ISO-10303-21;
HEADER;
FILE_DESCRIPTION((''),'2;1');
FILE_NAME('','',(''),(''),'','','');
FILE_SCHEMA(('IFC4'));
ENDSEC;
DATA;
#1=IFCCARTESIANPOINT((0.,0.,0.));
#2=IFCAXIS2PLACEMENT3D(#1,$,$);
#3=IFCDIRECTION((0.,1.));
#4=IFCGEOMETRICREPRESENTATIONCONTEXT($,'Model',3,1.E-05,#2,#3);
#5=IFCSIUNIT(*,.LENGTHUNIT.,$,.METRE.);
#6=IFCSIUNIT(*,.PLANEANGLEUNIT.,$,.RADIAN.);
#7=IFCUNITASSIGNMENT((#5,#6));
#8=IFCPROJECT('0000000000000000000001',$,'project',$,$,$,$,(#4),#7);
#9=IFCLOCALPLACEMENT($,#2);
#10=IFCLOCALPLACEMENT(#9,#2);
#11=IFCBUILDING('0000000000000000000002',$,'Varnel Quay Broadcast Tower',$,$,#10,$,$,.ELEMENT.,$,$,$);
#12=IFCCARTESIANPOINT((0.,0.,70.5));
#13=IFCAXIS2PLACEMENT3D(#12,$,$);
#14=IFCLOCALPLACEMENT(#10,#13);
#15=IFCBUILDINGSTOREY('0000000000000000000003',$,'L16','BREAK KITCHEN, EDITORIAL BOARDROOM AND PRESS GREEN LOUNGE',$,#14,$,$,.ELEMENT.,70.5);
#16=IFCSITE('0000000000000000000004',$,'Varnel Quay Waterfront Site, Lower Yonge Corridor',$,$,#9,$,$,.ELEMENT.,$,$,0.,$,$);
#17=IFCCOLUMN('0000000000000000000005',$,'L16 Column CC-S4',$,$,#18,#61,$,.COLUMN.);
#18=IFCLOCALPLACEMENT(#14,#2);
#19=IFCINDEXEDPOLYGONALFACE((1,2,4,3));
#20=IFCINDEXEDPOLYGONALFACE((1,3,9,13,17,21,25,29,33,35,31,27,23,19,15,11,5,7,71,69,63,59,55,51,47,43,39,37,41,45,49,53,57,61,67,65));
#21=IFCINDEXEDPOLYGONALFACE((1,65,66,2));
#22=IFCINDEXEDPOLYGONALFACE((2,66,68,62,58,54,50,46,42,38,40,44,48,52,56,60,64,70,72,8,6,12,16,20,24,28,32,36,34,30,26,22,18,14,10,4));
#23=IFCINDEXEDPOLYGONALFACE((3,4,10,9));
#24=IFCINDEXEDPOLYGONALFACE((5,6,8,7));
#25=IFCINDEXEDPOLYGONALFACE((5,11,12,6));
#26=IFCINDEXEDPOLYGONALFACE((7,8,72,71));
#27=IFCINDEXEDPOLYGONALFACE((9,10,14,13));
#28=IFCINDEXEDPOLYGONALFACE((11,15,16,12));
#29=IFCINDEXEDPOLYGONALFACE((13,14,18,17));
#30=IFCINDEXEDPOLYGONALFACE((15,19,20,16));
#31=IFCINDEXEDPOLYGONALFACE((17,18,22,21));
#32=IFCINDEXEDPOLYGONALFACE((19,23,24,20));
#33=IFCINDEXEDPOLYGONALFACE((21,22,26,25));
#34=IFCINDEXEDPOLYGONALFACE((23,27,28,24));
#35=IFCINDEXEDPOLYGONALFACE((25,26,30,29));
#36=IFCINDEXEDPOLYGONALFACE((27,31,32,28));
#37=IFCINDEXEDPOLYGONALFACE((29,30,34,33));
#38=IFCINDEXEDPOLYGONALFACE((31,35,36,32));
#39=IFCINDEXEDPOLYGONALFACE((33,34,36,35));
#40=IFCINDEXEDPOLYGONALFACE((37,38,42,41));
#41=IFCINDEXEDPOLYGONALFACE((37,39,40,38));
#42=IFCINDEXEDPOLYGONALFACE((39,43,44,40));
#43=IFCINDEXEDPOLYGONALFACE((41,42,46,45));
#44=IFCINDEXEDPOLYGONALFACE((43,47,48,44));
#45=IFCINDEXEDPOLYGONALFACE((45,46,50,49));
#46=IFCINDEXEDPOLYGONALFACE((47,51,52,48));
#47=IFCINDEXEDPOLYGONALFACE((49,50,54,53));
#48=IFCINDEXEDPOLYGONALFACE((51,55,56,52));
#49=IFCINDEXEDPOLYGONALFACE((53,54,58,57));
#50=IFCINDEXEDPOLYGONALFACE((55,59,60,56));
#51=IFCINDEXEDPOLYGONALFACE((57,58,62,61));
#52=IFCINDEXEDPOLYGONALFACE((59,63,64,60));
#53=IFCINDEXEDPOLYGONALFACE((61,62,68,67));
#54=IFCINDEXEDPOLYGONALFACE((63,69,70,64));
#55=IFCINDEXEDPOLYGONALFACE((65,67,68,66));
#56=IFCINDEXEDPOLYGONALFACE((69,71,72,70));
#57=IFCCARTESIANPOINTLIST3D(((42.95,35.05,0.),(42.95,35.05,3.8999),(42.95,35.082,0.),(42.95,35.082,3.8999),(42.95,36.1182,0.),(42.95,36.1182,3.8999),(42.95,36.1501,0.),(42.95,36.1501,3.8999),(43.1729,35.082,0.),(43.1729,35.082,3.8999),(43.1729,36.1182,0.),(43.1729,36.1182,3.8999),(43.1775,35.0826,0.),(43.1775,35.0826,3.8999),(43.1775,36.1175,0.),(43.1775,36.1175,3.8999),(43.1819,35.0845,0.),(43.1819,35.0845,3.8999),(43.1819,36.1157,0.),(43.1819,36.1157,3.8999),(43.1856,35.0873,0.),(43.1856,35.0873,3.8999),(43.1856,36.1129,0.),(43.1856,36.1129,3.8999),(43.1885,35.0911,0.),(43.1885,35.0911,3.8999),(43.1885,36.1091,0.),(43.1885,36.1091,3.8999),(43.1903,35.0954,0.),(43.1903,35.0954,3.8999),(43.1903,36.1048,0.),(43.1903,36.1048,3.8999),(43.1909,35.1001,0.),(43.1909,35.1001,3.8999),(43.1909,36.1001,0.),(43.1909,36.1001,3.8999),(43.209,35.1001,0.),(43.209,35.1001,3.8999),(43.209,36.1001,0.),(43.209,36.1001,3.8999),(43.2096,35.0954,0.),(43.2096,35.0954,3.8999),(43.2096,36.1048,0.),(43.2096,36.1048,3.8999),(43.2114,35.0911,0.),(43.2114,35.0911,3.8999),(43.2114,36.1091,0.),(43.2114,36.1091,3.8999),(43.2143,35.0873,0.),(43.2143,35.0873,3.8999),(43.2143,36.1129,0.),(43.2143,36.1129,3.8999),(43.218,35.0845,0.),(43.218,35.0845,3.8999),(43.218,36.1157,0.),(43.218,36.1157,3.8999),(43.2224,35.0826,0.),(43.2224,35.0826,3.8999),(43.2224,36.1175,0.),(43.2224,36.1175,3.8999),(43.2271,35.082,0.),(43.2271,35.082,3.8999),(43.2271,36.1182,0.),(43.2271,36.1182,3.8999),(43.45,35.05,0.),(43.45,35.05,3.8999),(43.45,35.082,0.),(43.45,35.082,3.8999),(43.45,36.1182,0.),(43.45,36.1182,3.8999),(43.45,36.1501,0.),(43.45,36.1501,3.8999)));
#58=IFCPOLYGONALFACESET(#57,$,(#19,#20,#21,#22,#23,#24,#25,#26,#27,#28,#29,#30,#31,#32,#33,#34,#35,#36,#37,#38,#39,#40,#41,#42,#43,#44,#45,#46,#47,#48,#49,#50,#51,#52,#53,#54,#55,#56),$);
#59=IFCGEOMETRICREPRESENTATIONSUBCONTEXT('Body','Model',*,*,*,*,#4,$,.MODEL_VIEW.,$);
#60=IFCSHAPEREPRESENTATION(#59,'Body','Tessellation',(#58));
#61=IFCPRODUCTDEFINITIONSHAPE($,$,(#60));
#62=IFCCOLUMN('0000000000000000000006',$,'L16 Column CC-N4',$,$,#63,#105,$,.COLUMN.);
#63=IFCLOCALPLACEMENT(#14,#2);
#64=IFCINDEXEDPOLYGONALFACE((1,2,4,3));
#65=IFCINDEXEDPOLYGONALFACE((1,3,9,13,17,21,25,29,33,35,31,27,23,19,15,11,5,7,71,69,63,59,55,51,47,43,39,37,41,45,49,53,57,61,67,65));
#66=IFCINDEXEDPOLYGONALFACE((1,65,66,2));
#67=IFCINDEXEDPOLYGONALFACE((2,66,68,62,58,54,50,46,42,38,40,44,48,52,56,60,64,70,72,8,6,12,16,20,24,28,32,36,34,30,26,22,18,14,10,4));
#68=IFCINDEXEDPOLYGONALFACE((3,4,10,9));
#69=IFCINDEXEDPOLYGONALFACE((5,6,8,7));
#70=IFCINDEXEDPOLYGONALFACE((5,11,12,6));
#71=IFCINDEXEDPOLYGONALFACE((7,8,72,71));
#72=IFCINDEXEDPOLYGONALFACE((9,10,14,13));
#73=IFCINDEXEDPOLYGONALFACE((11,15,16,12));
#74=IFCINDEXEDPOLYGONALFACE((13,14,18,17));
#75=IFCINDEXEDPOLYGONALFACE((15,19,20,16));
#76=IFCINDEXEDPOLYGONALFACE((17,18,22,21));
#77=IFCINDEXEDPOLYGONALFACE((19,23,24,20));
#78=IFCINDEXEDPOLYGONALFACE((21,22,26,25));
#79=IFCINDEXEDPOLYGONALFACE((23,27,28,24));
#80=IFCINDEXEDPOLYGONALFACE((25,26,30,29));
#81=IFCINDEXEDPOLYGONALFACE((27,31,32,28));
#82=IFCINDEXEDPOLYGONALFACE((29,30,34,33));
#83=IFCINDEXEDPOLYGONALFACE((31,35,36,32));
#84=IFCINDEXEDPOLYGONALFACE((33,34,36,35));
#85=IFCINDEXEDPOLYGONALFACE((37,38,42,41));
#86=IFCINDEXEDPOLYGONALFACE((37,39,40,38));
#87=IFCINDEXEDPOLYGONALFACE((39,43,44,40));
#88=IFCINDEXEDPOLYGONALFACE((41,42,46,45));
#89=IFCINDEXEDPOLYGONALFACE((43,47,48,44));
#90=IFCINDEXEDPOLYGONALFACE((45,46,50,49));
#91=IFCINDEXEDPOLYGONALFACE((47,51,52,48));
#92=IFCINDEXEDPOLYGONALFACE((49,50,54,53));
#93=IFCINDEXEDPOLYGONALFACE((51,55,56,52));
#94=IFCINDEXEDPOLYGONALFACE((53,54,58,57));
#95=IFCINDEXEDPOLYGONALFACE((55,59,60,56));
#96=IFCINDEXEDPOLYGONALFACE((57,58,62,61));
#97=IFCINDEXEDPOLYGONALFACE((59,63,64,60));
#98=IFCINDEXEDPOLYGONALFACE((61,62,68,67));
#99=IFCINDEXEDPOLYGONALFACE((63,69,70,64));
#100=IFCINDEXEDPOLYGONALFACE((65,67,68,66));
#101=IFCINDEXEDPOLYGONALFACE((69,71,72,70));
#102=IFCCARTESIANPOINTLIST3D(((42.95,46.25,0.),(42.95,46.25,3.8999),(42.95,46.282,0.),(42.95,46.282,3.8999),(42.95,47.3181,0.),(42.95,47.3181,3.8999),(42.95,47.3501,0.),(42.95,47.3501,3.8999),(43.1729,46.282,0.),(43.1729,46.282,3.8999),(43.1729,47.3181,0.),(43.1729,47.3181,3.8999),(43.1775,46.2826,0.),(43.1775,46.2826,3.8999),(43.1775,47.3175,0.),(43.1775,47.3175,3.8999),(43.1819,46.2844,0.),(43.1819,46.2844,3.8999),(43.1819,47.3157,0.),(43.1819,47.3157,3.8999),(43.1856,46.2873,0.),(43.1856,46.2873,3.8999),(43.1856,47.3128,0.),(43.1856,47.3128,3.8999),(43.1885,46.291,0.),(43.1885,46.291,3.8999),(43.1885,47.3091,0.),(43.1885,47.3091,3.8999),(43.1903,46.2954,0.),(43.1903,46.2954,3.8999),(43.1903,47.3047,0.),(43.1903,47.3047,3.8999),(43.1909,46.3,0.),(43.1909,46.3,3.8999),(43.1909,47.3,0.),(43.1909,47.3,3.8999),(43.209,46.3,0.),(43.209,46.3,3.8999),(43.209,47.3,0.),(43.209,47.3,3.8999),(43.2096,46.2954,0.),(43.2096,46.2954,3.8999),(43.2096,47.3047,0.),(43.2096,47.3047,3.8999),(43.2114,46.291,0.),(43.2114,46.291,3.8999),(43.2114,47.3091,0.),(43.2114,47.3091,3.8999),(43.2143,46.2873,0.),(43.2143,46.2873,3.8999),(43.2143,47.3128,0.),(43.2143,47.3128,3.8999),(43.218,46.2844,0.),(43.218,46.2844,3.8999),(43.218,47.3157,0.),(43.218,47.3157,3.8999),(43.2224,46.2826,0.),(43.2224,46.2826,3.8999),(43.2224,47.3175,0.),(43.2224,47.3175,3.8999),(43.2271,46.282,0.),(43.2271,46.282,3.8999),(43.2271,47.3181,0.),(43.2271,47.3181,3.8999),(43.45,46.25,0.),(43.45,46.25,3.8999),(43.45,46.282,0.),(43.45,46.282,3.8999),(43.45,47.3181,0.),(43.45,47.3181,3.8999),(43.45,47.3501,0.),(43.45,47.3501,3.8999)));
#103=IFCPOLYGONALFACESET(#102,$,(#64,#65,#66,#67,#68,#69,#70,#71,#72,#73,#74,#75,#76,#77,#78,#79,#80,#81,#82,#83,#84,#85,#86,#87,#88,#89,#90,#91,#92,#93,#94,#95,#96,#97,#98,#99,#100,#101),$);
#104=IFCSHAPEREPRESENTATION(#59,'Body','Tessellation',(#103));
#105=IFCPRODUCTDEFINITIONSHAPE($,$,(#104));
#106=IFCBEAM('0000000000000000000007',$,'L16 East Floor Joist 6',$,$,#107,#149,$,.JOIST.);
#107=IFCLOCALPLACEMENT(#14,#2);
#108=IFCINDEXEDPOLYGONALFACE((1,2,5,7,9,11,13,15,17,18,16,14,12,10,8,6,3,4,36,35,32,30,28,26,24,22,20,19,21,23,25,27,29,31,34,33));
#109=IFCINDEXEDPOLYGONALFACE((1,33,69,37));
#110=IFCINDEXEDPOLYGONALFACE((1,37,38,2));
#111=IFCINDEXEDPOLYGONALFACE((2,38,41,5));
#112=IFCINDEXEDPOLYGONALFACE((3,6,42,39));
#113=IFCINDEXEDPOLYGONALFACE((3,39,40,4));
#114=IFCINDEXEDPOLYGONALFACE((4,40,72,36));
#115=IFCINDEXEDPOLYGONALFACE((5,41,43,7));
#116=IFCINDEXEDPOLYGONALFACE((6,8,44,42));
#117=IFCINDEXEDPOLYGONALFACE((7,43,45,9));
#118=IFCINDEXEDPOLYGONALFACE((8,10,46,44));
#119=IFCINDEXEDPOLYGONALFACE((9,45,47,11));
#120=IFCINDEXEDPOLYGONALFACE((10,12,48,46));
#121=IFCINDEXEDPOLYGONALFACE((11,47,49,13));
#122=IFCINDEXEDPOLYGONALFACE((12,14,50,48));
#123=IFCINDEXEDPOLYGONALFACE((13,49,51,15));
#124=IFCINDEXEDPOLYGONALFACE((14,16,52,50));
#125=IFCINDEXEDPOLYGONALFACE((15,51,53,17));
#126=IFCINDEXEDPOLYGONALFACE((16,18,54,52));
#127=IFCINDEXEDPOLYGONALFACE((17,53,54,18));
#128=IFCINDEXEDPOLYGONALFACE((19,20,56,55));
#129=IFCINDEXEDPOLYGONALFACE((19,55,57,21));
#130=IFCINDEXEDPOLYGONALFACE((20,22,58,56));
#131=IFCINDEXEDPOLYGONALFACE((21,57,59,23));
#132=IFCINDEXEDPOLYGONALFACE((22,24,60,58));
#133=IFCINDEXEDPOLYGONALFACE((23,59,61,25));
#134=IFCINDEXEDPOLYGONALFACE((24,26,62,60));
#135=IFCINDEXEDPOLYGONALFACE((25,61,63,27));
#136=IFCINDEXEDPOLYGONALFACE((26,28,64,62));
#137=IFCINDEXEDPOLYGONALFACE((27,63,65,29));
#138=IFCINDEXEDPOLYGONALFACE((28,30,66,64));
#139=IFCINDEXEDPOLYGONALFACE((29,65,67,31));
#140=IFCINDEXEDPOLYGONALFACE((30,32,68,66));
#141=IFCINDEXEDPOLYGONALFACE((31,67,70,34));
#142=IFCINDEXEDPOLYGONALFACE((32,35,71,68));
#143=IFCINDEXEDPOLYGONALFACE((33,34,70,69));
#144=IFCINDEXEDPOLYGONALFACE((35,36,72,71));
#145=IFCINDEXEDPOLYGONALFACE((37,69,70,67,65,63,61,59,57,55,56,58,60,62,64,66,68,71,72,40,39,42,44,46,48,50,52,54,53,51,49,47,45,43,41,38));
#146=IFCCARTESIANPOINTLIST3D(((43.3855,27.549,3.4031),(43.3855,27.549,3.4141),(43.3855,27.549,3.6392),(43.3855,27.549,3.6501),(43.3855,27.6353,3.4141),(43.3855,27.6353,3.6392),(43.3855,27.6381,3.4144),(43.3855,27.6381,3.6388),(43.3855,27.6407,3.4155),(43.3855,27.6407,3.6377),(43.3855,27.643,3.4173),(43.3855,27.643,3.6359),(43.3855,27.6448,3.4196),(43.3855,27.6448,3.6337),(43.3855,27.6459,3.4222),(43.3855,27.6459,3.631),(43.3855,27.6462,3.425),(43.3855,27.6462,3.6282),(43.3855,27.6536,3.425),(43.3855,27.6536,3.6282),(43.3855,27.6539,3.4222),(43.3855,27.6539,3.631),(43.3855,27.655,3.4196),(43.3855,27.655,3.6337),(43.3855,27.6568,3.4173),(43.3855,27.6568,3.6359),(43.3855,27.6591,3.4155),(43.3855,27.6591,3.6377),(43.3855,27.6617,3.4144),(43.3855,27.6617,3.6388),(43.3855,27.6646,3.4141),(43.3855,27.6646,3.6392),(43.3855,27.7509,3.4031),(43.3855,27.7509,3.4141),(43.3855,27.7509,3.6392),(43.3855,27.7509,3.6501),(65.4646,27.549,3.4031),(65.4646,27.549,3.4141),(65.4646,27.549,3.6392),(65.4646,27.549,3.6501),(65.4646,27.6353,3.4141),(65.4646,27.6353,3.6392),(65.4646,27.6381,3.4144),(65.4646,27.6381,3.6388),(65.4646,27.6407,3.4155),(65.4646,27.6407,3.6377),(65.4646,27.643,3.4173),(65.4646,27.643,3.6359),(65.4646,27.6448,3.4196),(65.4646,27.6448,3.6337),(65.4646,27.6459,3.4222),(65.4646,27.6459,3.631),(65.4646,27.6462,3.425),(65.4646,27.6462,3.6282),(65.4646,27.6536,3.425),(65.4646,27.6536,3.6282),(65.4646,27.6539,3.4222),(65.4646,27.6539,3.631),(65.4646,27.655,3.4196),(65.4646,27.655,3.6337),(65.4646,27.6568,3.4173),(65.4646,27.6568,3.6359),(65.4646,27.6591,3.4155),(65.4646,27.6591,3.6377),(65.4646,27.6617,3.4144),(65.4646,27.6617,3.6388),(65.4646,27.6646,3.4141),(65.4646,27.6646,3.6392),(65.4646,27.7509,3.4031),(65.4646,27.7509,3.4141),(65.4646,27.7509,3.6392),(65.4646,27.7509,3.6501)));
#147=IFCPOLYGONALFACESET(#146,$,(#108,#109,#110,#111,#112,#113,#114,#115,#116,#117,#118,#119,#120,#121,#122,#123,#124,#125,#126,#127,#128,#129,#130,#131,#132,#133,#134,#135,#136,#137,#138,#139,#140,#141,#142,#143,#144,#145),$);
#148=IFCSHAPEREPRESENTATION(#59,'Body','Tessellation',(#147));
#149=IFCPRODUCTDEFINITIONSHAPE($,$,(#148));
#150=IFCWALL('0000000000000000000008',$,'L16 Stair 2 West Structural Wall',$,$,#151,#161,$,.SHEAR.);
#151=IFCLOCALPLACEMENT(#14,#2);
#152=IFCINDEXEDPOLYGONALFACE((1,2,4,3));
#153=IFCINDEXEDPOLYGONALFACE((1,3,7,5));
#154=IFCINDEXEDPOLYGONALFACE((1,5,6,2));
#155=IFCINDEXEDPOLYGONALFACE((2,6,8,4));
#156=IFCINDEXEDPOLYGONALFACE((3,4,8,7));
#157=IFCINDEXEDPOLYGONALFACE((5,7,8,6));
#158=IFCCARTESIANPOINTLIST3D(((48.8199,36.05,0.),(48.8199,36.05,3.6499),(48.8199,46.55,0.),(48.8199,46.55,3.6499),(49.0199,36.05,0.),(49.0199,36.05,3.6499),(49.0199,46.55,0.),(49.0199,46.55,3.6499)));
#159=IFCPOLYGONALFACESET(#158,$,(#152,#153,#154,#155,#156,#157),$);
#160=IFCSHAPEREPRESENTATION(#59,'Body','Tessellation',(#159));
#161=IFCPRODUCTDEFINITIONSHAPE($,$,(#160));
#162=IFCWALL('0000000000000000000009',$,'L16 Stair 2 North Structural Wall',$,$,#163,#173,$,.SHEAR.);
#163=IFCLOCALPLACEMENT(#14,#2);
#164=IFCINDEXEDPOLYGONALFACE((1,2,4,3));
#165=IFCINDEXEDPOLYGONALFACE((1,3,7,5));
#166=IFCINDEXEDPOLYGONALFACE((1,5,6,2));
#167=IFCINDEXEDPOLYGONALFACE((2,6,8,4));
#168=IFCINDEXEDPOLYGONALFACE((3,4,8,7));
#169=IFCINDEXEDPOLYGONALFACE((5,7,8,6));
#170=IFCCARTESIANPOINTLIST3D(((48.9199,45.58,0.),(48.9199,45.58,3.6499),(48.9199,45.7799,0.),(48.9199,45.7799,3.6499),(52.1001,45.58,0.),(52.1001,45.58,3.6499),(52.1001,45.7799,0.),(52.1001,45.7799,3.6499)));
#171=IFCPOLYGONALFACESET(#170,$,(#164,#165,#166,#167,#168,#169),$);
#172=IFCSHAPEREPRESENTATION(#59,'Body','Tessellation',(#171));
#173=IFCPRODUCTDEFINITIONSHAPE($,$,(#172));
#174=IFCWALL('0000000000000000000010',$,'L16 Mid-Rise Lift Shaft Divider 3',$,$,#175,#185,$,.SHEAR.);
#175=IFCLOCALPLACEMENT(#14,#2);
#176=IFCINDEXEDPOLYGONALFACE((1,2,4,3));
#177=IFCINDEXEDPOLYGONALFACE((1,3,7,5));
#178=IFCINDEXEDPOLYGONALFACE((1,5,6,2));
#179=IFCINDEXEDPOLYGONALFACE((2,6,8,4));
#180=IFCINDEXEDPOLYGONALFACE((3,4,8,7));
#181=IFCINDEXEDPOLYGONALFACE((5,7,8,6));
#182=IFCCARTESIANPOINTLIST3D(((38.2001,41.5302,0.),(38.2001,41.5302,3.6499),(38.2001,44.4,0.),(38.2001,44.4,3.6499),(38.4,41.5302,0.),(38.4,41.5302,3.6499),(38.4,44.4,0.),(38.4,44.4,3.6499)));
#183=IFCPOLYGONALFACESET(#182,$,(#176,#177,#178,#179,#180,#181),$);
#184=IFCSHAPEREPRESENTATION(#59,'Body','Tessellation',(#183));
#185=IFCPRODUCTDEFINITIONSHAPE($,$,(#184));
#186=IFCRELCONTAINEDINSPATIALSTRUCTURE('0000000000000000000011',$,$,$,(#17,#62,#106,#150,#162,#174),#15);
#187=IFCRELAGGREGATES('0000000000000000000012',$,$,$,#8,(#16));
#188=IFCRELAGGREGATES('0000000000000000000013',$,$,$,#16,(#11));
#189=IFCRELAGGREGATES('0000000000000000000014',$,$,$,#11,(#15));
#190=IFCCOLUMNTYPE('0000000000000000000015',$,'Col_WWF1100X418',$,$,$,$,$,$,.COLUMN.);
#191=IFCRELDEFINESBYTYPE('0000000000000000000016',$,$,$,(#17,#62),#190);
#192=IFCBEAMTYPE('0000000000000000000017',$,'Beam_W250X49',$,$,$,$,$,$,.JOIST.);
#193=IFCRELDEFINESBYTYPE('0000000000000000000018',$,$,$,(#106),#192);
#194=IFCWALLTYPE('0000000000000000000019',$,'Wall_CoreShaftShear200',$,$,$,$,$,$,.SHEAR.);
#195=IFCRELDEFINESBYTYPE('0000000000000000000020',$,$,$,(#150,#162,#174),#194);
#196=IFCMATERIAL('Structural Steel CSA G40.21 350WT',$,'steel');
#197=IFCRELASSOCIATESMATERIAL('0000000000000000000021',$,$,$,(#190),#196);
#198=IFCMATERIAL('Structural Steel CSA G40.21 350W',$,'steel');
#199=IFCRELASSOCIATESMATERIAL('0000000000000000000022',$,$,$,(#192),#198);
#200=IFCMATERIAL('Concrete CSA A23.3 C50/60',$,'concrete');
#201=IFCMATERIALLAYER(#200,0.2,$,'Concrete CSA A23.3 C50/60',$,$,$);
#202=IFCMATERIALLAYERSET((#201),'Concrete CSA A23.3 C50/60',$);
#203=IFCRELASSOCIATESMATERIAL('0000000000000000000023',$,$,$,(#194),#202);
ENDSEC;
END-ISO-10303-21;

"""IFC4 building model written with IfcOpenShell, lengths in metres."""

from ifc_helpers import new_model, si_unit, direction, frame, frame_2d, origin, origin_2d, place, context, subcontext, project, spatial, rectangle, i_section, extrude, source, transform, mapped, material, layer, layer_set, material_profile, profile_set, type_object, type_shapes, element, save


model = new_model("IFC4")

# Units and contexts
model_context = context("Model", 3, precision=1e-05, world=origin(), true_north=direction((0.0, 1.0)))
body_context = subcontext(model_context, "Body", "Model", "MODEL_VIEW")
ifc_project = project(units=[si_unit("LENGTHUNIT", "METRE"), si_unit("PLANEANGLEUNIT", "RADIAN")], contexts=[model_context])

# Site, building, storey
site_placement = place(None, origin())
site = spatial("IfcSite", under=ifc_project, at=site_placement, Name="Varnel Quay Waterfront Site, Lower Yonge Corridor", CompositionType="ELEMENT", RefElevation=0.0)
building_placement = place(site_placement, origin())
building = spatial("IfcBuilding", under=site, at=building_placement, Name="Varnel Quay Broadcast Tower", CompositionType="ELEMENT")
storey_placement = place(building_placement, frame((0.0, 0.0, 70.5)))
storey = spatial("IfcBuildingStorey", under=building, at=storey_placement, Name="L16", Description="BREAK KITCHEN, EDITORIAL BOARDROOM AND PRESS GREEN LOUNGE", CompositionType="ELEMENT", Elevation=70.5)

# Columns
ifc_material_1 = material(Name="Structural Steel CSA G40.21 350WT", Category="steel")
ifc_material_profile_1 = material_profile(ifc_material_1, i_section(OverallWidth=0.5, OverallDepth=1.1001, WebThickness=0.0181, FlangeThickness=0.032, FilletRadius=0.0181, at=origin_2d()), Name="WWF1100X418")
ifc_profile_set_1 = profile_set([ifc_material_profile_1], Name="Structural Steel CSA G40.21 350WT")
column_type = type_object("IfcColumnType", Name="Col_WWF1100X418", PredefinedType="COLUMN", material=ifc_profile_set_1)
shared_shape_1 = source(origin(), body_context, "Body", "SweptSolid", [
    extrude(i_section(OverallWidth=0.5, OverallDepth=1.1001, WebThickness=0.0181, FlangeThickness=0.032, FilletRadius=0.0181, at=origin_2d()), origin(), (0.0, 0.0, 1.0), 3.8999),
])
type_shapes(column_type, [shared_shape_1])
for number, where, z_axis, x_axis, name in (
    (1, (43.2, 35.6001, 0.0), (0.0, 0.0, 1.0), (1.0, 0.0, 0.0), "L16 Column CC-S4"),
    (2, (43.2, 46.8, 0.0), (0.0, 0.0, 1.0), (1.0, 0.0, 0.0), "L16 Column CC-N4"),
):
    element("IfcColumn", number, at=place(storey_placement, frame(where, z_axis=z_axis, x_axis=x_axis)), inside=storey, type_object=column_type, Name=name, PredefinedType="COLUMN", context=body_context, shape_type="MappedRepresentation", body=[
        mapped(shared_shape_1, transform((0.0, 0.0, 0.0), x_axis=(1.0, 0.0, 0.0), y_axis=(0.0, 1.0, 0.0), z_axis=(0.0, 0.0, 1.0), scale=1.0)),
    ])

# Beam
ifc_material_2 = material(Name="Structural Steel CSA G40.21 350W", Category="steel")
ifc_material_profile_2 = material_profile(ifc_material_2, i_section(OverallWidth=0.2019, OverallDepth=0.2471, WebThickness=0.0073, FlangeThickness=0.011, FilletRadius=0.011, at=origin_2d()), Name="W250X49")
ifc_profile_set_2 = profile_set([ifc_material_profile_2], Name="Structural Steel CSA G40.21 350W")
beam_type = type_object("IfcBeamType", Name="Beam_W250X49", PredefinedType="JOIST", material=ifc_profile_set_2)
shared_shape_2 = source(origin(), body_context, "Body", "SweptSolid", [
    extrude(i_section(OverallWidth=0.2019, OverallDepth=0.2471, WebThickness=0.0073, FlangeThickness=0.011, FilletRadius=0.011, at=origin_2d()), origin(), (0.0, 0.0, 1.0), 22.0791),
])
type_shapes(beam_type, [shared_shape_2])
beam_placement = place(storey_placement, frame((43.3855, 27.6499, 3.5266), z_axis=(1.0, 0.0, 0.0), x_axis=(0.0, 1.0, 0.0)))
element("IfcBeam", 3, at=beam_placement, inside=storey, type_object=beam_type, Name="L16 East Floor Joist 6", PredefinedType="JOIST", context=body_context, shape_type="MappedRepresentation", body=[
    mapped(shared_shape_2, transform((0.0, 0.0, 0.0), x_axis=(1.0, 0.0, 0.0), y_axis=(0.0, 1.0, 0.0), z_axis=(0.0, 0.0, 1.0), scale=1.0)),
])

# Walls
ifc_material_3 = material(Name="Concrete CSA A23.3 C50/60", Category="concrete")
ifc_layer_1 = layer(ifc_material_3, 0.2, Name="Concrete CSA A23.3 C50/60")
ifc_layer_set_1 = layer_set([ifc_layer_1], Name="Concrete CSA A23.3 C50/60")
wall_type_1 = type_object("IfcWallType", Name="Wall_CoreShaftShear200", PredefinedType="SHEAR", material=ifc_layer_set_1)
wall_1_placement = place(storey_placement, frame((48.9199, 36.05, 0.0), z_axis=(0.0, 0.0, 1.0), x_axis=(0.0, 1.0, 0.0)))
element("IfcWall", 4, at=wall_1_placement, inside=storey, type_object=wall_type_1, Name="L16 Stair 2 West Structural Wall", PredefinedType="SHEAR", context=body_context, shape_type="SweptSolid", body=[
    extrude(rectangle(XDim=10.5, YDim=0.2, at=frame_2d((5.25, 0.0))), origin(), (0.0, 0.0, 1.0), 3.6499),
])
wall_2_placement = place(storey_placement, frame((48.9199, 45.6799, 0.0), z_axis=(0.0, 0.0, 1.0), x_axis=(1.0, 0.0, 0.0)))
element("IfcWall", 5, at=wall_2_placement, inside=storey, type_object=wall_type_1, Name="L16 Stair 2 North Structural Wall", PredefinedType="SHEAR", context=body_context, shape_type="SweptSolid", body=[
    extrude(rectangle(XDim=3.1802, YDim=0.2, at=frame_2d((1.5901, 0.0))), origin(), (0.0, 0.0, 1.0), 3.6499),
])
wall_3_placement = place(storey_placement, frame((38.3, 41.53, 0.0), z_axis=(0.0, 0.0, 1.0), x_axis=(0.0, 1.0, 0.0)))
element("IfcWall", 6, at=wall_3_placement, inside=storey, type_object=wall_type_1, Name="L16 Mid-Rise Lift Shaft Divider 3", PredefinedType="SHEAR", context=body_context, shape_type="SweptSolid", body=[
    extrude(rectangle(XDim=2.8699, YDim=0.2, at=frame_2d((1.4351, 0.0))), origin(), (0.0, 0.0, 1.0), 3.6499),
])

save(model, "model.ifc")
